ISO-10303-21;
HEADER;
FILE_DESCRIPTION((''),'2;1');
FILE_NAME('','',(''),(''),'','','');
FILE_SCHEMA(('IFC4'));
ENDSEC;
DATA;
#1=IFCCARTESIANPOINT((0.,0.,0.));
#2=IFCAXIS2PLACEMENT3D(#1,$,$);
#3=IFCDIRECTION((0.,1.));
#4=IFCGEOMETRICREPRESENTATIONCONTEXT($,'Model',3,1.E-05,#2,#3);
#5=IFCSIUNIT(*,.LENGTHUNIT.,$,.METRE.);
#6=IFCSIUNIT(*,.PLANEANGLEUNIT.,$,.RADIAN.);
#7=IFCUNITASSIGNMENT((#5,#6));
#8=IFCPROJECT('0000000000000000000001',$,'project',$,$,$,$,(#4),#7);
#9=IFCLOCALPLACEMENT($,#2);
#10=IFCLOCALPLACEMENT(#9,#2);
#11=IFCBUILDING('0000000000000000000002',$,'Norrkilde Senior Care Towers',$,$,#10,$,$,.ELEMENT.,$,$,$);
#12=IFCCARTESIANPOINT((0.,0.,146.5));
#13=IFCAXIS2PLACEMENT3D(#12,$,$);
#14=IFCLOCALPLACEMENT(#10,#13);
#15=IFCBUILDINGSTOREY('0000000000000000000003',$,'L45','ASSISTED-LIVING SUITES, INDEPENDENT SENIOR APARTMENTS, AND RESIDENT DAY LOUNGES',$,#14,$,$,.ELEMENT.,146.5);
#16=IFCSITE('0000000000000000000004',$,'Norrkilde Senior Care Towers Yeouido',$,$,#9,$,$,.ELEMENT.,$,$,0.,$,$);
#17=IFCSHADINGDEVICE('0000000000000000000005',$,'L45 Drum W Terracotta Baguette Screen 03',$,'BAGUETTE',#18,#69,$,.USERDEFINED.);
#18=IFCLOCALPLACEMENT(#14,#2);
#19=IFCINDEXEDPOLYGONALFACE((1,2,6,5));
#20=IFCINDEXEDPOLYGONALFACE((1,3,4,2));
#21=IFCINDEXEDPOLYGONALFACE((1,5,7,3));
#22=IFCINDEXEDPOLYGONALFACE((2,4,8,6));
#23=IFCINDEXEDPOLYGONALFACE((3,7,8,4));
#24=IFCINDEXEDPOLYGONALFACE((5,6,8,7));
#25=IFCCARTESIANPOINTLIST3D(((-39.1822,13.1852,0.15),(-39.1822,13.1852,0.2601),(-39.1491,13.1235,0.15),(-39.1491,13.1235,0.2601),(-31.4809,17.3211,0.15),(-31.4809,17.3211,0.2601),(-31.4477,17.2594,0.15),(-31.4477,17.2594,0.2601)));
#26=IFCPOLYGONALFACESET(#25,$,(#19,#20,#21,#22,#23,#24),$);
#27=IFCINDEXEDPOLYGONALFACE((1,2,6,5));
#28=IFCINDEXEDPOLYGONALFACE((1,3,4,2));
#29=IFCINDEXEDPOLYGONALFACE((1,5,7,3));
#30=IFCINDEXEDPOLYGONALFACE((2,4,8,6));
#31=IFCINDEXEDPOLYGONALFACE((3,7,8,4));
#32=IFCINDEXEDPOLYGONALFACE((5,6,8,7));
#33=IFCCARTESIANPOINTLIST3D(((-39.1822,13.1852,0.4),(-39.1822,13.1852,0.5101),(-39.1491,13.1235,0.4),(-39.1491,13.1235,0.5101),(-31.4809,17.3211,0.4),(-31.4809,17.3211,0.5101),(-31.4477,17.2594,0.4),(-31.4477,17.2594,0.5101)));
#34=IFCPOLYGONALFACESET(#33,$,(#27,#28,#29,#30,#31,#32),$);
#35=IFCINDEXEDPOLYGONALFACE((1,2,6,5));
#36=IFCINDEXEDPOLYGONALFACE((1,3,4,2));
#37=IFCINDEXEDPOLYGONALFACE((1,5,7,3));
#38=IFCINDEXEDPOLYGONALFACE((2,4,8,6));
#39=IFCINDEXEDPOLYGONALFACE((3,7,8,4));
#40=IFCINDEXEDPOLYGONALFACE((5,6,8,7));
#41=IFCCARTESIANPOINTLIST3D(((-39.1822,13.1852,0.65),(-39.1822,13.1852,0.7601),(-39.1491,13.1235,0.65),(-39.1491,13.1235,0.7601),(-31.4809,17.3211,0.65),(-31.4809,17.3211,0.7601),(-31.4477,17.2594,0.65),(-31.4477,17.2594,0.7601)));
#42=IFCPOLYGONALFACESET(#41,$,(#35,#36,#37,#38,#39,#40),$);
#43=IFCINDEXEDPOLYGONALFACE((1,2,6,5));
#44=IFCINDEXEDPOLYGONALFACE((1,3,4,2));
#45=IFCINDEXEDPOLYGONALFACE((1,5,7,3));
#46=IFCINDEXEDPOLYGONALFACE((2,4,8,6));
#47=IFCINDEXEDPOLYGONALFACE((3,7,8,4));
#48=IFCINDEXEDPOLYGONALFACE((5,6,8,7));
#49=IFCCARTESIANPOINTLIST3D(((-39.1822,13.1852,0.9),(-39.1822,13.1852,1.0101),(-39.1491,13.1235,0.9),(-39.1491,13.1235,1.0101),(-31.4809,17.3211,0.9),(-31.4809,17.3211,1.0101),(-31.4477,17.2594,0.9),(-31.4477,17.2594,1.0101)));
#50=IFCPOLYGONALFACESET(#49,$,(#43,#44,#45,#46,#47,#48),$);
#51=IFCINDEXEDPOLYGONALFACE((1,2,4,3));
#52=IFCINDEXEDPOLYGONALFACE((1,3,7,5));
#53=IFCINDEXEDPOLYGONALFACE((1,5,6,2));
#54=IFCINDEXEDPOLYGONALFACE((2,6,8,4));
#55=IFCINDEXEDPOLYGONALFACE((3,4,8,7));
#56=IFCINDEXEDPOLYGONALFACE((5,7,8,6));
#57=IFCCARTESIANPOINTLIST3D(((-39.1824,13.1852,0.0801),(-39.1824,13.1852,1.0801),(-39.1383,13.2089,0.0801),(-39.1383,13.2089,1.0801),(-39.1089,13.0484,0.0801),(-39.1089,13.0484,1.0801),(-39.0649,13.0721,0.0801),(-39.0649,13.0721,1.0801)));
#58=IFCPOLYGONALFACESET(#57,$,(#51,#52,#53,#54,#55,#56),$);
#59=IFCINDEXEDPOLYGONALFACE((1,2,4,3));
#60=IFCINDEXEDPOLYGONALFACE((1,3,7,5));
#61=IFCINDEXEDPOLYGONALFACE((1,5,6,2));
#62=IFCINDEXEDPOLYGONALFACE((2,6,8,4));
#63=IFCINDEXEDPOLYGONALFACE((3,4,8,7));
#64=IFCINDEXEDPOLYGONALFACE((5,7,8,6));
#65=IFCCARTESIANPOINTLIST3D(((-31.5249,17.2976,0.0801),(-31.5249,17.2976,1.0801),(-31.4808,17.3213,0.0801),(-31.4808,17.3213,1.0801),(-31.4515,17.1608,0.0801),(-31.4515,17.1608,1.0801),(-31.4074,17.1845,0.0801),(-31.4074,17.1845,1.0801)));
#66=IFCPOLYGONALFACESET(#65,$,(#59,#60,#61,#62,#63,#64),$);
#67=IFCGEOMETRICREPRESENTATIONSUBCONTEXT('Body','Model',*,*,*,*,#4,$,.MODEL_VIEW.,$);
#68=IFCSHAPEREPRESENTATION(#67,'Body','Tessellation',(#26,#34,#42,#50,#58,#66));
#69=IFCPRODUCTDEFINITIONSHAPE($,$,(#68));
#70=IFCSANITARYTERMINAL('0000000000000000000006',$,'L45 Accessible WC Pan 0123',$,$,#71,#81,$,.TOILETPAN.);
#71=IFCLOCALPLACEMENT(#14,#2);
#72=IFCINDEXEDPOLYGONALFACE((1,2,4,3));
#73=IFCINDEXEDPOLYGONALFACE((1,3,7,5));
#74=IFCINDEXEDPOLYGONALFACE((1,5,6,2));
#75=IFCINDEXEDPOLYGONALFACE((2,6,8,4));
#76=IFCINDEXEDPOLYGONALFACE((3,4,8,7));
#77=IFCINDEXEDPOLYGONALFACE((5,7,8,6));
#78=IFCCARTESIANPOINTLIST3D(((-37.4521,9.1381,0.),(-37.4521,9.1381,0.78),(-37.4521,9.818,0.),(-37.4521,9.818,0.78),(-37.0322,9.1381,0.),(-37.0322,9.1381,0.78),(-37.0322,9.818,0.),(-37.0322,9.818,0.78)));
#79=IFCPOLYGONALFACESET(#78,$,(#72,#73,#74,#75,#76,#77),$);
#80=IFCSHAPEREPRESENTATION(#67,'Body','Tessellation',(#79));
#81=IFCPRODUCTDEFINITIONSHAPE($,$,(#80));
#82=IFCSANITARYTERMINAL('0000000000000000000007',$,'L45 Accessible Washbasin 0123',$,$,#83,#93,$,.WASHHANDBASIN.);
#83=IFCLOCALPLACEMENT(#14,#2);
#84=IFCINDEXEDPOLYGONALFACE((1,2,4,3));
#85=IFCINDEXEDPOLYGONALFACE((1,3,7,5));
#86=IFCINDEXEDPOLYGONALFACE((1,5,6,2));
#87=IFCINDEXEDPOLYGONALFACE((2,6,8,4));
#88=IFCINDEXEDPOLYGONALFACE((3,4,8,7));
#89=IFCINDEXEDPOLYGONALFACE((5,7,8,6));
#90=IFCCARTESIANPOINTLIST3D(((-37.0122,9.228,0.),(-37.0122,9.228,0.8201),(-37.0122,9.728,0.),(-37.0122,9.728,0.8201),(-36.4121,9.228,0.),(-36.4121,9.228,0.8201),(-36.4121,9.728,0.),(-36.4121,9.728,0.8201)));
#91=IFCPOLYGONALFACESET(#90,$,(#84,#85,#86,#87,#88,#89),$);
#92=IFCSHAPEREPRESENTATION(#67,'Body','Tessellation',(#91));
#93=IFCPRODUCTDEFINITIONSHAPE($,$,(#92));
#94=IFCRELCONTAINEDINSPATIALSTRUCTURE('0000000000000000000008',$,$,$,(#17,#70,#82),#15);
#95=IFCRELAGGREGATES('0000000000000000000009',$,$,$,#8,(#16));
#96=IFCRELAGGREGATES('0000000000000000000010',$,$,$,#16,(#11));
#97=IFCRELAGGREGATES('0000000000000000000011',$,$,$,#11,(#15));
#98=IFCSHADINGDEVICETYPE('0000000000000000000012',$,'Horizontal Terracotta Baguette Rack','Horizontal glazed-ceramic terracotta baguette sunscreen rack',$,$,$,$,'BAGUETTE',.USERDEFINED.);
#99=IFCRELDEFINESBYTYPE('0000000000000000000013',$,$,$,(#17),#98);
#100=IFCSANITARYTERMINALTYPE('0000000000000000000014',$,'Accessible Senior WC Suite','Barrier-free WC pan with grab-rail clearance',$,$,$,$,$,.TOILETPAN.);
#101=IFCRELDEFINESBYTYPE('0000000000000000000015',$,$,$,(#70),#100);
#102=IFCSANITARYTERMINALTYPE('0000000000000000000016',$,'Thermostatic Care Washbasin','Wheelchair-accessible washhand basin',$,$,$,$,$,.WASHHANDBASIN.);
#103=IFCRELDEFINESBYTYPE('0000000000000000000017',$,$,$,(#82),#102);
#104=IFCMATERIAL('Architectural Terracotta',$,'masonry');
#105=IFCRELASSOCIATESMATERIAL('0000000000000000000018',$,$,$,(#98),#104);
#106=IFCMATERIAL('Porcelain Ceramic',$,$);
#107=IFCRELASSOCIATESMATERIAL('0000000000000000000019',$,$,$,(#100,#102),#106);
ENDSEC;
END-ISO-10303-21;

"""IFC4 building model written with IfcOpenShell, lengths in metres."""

from ifc_helpers import new_model, si_unit, direction, frame, origin, origin_2d, place, context, subcontext, project, spatial, rectangle, extrude, source, transform, mapped, material, type_object, type_shapes, element, save


model = new_model("IFC4")

# Units and contexts
model_context = context("Model", 3, precision=1e-05, world=origin(), true_north=direction((0.0, 1.0)))
body_context = subcontext(model_context, "Body", "Model", "MODEL_VIEW")
ifc_project = project(units=[si_unit("LENGTHUNIT", "METRE"), si_unit("PLANEANGLEUNIT", "RADIAN")], contexts=[model_context])

# Site, building, storey
site_placement = place(None, origin())
site = spatial("IfcSite", under=ifc_project, at=site_placement, Name="Norrkilde Senior Care Towers Yeouido", CompositionType="ELEMENT", RefElevation=0.0)
building_placement = place(site_placement, origin())
building = spatial("IfcBuilding", under=site, at=building_placement, Name="Norrkilde Senior Care Towers", CompositionType="ELEMENT")
storey_placement = place(building_placement, frame((0.0, 0.0, 146.5)))
storey = spatial("IfcBuildingStorey", under=building, at=storey_placement, Name="L45", Description="ASSISTED-LIVING SUITES, INDEPENDENT SENIOR APARTMENTS, AND RESIDENT DAY LOUNGES", CompositionType="ELEMENT", Elevation=146.5)

# Shading device
ifc_material_1 = material(Name="Architectural Terracotta", Category="masonry")
shading_device_type = type_object("IfcShadingDeviceType", Name="Horizontal Terracotta Baguette Rack", Description="Horizontal glazed-ceramic terracotta baguette sunscreen rack", ElementType="BAGUETTE", PredefinedType="USERDEFINED", material=ifc_material_1)
shared_shape_1 = source(origin(), body_context, "Body", "SweptSolid", [
    extrude(rectangle(XDim=0.0701, YDim=0.1101, at=origin_2d()), frame((0.0, 0.0901, 0.125), z_axis=(1.0, 0.0, 0.0), x_axis=(0.0, 1.0, 0.0)), (0.0, 0.0, 1.0), 8.7417),
    extrude(rectangle(XDim=0.0701, YDim=0.1101, at=origin_2d()), frame((0.0, 0.0901, 0.375), z_axis=(1.0, 0.0, 0.0), x_axis=(0.0, 1.0, 0.0)), (0.0, 0.0, 1.0), 8.7417),
    extrude(rectangle(XDim=0.0701, YDim=0.1101, at=origin_2d()), frame((0.0, 0.0901, 0.625), z_axis=(1.0, 0.0, 0.0), x_axis=(0.0, 1.0, 0.0)), (0.0, 0.0, 1.0), 8.7417),
    extrude(rectangle(XDim=0.0701, YDim=0.1101, at=origin_2d()), frame((0.0, 0.0901, 0.875), z_axis=(1.0, 0.0, 0.0), x_axis=(0.0, 1.0, 0.0)), (0.0, 0.0, 1.0), 8.7417),
    extrude(rectangle(XDim=0.05, YDim=0.1553, at=origin_2d()), frame((0.0249, 0.0476, 0.0)), (0.0, 0.0, 1.0), 1.0),
    extrude(rectangle(XDim=0.05, YDim=0.1553, at=origin_2d()), frame((8.7168, 0.0476, 0.0)), (0.0, 0.0, 1.0), 1.0),
])
type_shapes(shading_device_type, [shared_shape_1])
shading_device_placement = place(storey_placement, frame((-39.123, 13.075, 0.0801), z_axis=(0.0, 0.0, 1.0), x_axis=(0.880998, 0.473133, 0.0)))
element("IfcShadingDevice", 1, at=shading_device_placement, inside=storey, type_object=shading_device_type, Name="L45 Drum W Terracotta Baguette Screen 03", ObjectType="BAGUETTE", PredefinedType="USERDEFINED", context=body_context, shape_type="MappedRepresentation", body=[
    mapped(shared_shape_1, transform((0.0, 0.0, 0.0), x_axis=(1.0, 0.0, 0.0), y_axis=(0.0, 1.0, 0.0), z_axis=(0.0, 0.0, 1.0), scale=1.0)),
])

# Sanitary terminals
ifc_material_2 = material(Name="Porcelain Ceramic")
sanitary_terminal_type_1 = type_object("IfcSanitaryTerminalType", Name="Accessible Senior WC Suite", Description="Barrier-free WC pan with grab-rail clearance", PredefinedType="TOILETPAN", material=ifc_material_2)
shared_shape_2 = source(origin(), body_context, "Body", "SweptSolid", [
    extrude(rectangle(XDim=0.4199, YDim=0.6799, at=origin_2d()), origin(), (0.0, 0.0, 1.0), 0.78),
])
type_shapes(sanitary_terminal_type_1, [shared_shape_2])
sanitary_terminal_1_placement = place(storey_placement, frame((-37.2422, 9.478, 0.0), z_axis=(0.0, 0.0, 1.0), x_axis=(1.0, 0.0, 0.0)))
element("IfcSanitaryTerminal", 2, at=sanitary_terminal_1_placement, inside=storey, type_object=sanitary_terminal_type_1, Name="L45 Accessible WC Pan 0123", PredefinedType="TOILETPAN", context=body_context, shape_type="MappedRepresentation", body=[
    mapped(shared_shape_2, transform((0.0, 0.0, 0.0), x_axis=(1.0, 0.0, 0.0), y_axis=(0.0, 1.0, 0.0), z_axis=(0.0, 0.0, 1.0), scale=1.0)),
])
sanitary_terminal_type_2 = type_object("IfcSanitaryTerminalType", Name="Thermostatic Care Washbasin", Description="Wheelchair-accessible washhand basin", PredefinedType="WASHHANDBASIN", material=ifc_material_2)
shared_shape_3 = source(origin(), body_context, "Body", "SweptSolid", [
    extrude(rectangle(XDim=0.6001, YDim=0.5, at=origin_2d()), origin(), (0.0, 0.0, 1.0), 0.8201),
])
type_shapes(sanitary_terminal_type_2, [shared_shape_3])
sanitary_terminal_2_placement = place(storey_placement, frame((-36.7122, 9.478, 0.0), z_axis=(0.0, 0.0, 1.0), x_axis=(1.0, 0.0, 0.0)))
element("IfcSanitaryTerminal", 3, at=sanitary_terminal_2_placement, inside=storey, type_object=sanitary_terminal_type_2, Name="L45 Accessible Washbasin 0123", PredefinedType="WASHHANDBASIN", context=body_context, shape_type="MappedRepresentation", body=[
    mapped(shared_shape_3, transform((0.0, 0.0, 0.0), x_axis=(1.0, 0.0, 0.0), y_axis=(0.0, 1.0, 0.0), z_axis=(0.0, 0.0, 1.0), scale=1.0)),
])

save(model, "model.ifc")
